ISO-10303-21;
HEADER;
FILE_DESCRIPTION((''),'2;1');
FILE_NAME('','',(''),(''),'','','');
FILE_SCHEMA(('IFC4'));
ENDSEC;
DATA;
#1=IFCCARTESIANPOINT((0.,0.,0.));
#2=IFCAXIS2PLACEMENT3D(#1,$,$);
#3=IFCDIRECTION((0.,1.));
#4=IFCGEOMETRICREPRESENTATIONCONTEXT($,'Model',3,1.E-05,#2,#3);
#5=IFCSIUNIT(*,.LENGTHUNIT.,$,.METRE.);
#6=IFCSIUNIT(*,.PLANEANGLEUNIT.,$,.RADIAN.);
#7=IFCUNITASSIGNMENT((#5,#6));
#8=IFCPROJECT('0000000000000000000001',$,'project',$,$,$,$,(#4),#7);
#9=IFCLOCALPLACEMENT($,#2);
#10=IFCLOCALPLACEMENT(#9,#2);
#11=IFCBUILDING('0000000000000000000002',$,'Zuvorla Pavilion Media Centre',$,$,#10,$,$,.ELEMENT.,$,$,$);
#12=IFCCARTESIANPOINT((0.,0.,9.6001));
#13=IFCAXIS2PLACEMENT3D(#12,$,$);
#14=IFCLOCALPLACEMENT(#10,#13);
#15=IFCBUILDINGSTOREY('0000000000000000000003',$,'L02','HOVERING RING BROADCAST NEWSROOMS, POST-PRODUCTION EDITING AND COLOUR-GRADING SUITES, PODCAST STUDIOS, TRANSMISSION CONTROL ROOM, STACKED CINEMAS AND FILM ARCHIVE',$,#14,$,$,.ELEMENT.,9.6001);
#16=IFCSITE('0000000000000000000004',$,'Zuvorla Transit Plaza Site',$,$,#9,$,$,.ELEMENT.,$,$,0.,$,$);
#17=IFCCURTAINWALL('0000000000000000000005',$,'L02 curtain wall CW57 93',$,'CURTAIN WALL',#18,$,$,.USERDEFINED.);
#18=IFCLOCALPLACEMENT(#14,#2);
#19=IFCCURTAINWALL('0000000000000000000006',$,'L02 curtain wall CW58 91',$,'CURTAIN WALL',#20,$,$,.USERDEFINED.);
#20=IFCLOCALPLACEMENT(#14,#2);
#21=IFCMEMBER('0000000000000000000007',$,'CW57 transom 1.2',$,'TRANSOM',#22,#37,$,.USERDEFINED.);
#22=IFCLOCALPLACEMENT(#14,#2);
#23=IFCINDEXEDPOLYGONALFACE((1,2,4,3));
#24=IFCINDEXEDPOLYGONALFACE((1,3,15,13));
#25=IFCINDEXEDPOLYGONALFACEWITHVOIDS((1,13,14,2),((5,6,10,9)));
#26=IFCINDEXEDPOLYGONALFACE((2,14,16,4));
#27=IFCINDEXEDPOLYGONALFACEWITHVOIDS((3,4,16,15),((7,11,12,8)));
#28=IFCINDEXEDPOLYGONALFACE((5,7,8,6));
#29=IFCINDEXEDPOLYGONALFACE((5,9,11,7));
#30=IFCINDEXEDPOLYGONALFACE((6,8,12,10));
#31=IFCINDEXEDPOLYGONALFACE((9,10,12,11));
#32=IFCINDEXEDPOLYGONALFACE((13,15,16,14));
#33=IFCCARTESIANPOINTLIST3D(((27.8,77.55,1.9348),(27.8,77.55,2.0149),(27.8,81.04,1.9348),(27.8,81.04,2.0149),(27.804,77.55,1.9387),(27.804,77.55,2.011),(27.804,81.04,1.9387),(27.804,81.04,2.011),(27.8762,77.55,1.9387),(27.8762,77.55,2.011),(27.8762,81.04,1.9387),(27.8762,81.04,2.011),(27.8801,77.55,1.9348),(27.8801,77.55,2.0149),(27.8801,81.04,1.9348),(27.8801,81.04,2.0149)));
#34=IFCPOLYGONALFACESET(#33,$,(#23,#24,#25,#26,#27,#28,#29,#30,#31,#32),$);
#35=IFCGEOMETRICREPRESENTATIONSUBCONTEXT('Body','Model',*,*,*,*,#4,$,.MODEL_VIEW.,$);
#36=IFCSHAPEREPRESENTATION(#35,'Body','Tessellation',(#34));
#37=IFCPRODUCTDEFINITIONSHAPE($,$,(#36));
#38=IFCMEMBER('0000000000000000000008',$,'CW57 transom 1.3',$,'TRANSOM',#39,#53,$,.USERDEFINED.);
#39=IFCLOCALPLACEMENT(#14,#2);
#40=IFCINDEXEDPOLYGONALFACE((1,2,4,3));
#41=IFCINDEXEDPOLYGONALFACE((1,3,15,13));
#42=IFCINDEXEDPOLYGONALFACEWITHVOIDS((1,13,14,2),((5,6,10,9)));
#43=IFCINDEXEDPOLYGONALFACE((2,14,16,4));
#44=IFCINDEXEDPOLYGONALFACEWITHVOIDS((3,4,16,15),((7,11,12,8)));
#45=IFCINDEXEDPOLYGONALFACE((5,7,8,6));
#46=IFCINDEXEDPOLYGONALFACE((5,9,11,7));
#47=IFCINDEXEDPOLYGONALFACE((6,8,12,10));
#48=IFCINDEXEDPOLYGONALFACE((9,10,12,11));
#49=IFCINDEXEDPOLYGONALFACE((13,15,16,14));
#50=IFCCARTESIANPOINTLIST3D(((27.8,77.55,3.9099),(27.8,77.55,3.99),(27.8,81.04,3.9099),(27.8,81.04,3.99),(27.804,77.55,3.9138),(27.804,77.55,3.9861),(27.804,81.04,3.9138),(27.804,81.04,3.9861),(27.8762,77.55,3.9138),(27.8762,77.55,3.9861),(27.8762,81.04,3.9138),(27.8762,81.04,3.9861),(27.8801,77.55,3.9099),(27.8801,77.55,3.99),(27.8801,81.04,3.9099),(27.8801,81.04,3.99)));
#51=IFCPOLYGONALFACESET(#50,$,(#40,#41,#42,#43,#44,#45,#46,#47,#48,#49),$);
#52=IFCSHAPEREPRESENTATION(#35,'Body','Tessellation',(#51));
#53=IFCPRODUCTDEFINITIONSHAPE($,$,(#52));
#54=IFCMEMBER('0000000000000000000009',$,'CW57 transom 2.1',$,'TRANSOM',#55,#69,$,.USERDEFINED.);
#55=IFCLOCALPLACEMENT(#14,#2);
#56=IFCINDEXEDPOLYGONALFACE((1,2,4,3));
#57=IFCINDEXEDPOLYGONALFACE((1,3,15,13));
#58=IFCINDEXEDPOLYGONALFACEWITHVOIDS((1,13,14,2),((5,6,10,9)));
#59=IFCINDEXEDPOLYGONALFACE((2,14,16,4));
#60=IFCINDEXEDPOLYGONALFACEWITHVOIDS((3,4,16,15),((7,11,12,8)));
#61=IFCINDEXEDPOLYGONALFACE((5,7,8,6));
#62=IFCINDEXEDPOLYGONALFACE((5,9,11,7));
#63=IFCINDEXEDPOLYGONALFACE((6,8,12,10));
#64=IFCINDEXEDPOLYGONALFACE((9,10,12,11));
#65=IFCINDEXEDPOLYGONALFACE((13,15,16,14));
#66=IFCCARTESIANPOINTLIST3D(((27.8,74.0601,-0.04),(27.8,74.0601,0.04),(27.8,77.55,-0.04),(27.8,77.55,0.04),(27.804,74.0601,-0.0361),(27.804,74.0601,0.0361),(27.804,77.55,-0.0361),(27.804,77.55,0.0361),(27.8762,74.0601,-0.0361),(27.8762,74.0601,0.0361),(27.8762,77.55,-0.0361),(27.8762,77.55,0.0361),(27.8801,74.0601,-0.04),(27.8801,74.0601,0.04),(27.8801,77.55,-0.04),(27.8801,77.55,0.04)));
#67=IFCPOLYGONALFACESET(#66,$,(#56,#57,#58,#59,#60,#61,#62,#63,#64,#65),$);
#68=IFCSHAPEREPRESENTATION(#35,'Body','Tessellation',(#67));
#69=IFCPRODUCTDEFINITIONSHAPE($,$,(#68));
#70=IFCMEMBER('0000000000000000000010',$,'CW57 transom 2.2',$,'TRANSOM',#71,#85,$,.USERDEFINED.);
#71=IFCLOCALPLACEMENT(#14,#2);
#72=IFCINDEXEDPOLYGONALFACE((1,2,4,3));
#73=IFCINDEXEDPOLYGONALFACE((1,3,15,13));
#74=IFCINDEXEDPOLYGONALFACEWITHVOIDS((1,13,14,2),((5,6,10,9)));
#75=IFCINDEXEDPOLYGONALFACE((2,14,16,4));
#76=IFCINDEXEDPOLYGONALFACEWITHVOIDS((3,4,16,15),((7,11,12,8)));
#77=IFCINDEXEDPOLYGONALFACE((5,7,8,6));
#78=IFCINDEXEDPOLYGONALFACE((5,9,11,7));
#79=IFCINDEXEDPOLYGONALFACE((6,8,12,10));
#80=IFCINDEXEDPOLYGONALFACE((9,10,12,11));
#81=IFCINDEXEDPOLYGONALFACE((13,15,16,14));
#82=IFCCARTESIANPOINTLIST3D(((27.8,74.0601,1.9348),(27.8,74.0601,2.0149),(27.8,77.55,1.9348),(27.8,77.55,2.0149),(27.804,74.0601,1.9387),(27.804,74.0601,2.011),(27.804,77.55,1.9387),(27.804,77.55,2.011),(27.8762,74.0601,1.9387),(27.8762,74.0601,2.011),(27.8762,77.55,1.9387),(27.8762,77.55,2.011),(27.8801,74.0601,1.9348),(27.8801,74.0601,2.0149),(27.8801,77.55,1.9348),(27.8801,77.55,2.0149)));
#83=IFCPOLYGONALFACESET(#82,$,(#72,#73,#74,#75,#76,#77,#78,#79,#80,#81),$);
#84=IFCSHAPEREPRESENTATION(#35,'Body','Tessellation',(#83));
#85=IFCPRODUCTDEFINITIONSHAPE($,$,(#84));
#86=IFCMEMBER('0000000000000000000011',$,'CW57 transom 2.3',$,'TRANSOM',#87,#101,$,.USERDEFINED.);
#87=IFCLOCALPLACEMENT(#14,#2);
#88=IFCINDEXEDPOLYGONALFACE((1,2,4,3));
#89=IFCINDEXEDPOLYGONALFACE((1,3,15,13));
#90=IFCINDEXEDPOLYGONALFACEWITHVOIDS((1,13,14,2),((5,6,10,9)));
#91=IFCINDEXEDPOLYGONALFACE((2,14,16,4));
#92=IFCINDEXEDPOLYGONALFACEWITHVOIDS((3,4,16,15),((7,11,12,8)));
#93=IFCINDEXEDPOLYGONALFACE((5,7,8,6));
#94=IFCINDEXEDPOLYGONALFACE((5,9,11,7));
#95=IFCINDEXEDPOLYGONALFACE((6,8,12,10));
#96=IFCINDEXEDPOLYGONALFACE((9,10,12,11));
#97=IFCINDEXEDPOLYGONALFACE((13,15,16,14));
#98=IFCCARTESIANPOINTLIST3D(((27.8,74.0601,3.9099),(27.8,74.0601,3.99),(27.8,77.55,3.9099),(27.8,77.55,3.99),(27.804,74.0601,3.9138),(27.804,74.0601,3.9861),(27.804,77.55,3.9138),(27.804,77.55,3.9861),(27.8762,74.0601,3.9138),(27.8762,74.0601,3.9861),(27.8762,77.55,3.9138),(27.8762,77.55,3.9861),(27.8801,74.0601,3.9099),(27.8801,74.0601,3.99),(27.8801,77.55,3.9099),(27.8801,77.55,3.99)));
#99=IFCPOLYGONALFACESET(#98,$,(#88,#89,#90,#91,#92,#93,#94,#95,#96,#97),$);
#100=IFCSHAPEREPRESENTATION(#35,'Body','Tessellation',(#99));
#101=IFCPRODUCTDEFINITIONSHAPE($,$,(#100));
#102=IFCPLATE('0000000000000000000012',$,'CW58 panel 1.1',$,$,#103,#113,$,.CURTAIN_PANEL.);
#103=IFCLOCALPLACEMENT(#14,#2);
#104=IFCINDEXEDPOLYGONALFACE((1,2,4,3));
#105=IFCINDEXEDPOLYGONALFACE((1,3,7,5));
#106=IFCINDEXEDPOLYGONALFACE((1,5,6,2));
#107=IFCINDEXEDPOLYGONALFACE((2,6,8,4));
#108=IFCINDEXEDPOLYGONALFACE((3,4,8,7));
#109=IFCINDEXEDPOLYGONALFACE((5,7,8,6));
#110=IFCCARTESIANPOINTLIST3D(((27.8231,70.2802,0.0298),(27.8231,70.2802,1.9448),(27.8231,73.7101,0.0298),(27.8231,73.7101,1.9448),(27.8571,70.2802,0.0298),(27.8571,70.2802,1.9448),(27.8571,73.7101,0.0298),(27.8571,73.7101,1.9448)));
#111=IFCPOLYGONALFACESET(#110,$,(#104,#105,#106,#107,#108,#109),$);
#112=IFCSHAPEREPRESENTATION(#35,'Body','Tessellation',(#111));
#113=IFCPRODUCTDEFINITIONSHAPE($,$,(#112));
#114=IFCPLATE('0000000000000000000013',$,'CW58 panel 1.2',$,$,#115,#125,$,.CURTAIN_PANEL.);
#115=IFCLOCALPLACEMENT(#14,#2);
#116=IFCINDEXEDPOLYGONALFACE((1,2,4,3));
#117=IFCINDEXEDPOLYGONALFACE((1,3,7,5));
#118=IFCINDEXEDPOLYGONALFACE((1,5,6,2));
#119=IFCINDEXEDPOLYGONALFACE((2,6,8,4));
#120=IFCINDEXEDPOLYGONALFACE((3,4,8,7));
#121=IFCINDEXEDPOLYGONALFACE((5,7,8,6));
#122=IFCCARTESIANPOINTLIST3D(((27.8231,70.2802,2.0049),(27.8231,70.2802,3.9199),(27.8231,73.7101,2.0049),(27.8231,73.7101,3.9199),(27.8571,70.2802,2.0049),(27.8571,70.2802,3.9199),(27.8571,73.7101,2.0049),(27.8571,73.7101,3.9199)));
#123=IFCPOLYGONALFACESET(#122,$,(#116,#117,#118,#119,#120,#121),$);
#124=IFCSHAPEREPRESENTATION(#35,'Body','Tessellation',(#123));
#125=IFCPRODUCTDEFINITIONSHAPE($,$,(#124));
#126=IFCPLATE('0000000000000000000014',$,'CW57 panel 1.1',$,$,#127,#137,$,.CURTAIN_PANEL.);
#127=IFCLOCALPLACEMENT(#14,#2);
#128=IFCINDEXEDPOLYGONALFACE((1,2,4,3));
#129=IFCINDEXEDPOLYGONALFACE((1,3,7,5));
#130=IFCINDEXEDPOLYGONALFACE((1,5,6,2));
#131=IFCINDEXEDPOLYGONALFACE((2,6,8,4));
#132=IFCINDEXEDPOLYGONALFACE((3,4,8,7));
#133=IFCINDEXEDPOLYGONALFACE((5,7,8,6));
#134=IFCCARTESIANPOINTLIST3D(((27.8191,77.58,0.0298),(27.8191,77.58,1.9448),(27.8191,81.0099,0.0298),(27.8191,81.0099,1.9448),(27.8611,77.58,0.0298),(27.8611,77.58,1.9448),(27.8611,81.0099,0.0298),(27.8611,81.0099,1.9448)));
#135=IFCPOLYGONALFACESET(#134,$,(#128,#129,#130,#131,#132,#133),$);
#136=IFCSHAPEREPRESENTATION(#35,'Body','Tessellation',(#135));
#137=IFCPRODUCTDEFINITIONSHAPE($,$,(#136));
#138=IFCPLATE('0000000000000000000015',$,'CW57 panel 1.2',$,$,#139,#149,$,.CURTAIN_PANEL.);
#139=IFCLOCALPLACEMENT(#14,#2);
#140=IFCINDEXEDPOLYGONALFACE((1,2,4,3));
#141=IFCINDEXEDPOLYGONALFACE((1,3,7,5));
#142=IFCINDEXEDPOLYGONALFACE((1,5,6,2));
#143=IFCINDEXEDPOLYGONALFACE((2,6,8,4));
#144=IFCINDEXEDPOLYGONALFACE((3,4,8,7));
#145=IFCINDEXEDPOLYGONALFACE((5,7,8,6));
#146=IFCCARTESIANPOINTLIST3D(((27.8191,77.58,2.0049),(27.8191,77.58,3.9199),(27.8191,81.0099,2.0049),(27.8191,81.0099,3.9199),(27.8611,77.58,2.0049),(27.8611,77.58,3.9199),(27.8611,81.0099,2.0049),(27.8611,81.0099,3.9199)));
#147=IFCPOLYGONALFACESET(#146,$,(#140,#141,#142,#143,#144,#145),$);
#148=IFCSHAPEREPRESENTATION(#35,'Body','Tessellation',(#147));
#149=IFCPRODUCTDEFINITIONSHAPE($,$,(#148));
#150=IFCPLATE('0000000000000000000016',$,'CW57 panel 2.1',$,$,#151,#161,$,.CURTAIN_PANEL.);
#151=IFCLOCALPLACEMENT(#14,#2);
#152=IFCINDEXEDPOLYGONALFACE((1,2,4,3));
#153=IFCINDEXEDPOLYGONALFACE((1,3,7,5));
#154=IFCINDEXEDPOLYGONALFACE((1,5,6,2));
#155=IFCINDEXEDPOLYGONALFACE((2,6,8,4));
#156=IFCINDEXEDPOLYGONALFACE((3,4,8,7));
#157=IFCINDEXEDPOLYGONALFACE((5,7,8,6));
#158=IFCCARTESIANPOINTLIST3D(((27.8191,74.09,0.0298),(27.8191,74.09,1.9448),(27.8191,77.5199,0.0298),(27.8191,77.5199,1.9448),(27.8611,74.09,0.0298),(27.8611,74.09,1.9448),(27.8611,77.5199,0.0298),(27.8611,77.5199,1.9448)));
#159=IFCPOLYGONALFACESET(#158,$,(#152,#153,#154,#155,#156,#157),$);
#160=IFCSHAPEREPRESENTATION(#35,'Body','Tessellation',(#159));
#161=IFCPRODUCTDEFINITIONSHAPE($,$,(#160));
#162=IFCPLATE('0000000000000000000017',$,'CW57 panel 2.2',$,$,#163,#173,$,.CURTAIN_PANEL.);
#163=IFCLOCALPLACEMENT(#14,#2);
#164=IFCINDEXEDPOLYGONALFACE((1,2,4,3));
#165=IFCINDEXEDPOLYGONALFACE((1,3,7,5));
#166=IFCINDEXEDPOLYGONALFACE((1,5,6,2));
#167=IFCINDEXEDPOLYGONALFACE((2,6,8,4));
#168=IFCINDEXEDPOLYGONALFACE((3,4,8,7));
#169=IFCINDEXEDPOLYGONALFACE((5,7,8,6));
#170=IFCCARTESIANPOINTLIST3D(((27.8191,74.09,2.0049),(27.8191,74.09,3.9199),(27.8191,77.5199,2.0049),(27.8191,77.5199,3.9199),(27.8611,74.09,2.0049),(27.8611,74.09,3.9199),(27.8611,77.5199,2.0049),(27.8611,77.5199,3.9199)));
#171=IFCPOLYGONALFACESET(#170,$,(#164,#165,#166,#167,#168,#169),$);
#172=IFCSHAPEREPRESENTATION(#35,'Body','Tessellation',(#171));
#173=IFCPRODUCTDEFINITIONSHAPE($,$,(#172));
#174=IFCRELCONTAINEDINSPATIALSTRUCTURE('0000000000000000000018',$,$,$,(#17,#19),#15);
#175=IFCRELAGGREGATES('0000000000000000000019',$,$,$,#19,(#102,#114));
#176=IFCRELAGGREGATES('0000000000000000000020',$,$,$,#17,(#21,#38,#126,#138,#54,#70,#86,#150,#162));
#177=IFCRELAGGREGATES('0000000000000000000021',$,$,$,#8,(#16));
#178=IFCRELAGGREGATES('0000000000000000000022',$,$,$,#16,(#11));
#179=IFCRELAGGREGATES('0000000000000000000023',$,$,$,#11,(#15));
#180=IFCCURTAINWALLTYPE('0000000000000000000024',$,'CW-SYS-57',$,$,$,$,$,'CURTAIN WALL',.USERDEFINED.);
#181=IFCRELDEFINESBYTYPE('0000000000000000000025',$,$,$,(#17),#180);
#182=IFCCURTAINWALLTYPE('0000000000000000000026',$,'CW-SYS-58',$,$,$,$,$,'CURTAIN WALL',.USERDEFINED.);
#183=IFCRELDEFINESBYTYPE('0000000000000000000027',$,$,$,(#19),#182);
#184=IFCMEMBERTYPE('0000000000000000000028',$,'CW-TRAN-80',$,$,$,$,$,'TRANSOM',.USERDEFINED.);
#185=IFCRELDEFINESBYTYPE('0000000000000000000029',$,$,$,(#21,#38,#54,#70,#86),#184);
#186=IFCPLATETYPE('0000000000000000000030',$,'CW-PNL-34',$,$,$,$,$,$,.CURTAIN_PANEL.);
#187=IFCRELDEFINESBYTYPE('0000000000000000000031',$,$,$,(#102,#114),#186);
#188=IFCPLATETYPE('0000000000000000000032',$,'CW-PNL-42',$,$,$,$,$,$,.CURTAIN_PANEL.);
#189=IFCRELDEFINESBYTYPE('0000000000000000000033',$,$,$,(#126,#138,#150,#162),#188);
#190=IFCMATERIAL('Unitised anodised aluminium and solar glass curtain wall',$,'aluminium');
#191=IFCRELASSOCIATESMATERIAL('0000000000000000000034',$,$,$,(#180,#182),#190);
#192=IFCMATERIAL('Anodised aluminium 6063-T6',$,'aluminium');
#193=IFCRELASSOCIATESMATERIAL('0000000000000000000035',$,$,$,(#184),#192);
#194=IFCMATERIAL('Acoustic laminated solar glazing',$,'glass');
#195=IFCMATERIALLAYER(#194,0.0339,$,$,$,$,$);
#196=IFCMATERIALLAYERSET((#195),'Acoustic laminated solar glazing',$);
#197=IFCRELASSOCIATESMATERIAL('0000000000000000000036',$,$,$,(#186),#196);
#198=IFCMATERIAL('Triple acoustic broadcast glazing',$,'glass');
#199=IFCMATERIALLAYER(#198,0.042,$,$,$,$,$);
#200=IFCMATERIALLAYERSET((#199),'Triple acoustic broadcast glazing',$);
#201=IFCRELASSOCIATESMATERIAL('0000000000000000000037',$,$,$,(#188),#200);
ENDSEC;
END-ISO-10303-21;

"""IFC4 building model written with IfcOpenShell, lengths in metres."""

from ifc_helpers import new_model, si_unit, direction, frame, origin, origin_2d, place, context, subcontext, project, spatial, rectangle, hollow_rectangle, extrude, material, layer, layer_set, material_profile, profile_set, type_object, element, aggregate, save


model = new_model("IFC4")

# Units and contexts
model_context = context("Model", 3, precision=1e-05, world=origin(), true_north=direction((0.0, 1.0)))
body_context = subcontext(model_context, "Body", "Model", "MODEL_VIEW")
ifc_project = project(units=[si_unit("LENGTHUNIT", "METRE"), si_unit("PLANEANGLEUNIT", "RADIAN")], contexts=[model_context])

# Site, building, storey
site_placement = place(None, origin())
site = spatial("IfcSite", under=ifc_project, at=site_placement, Name="Zuvorla Transit Plaza Site", CompositionType="ELEMENT", RefElevation=0.0)
building_placement = place(site_placement, origin())
building = spatial("IfcBuilding", under=site, at=building_placement, Name="Zuvorla Pavilion Media Centre", CompositionType="ELEMENT")
storey_placement = place(building_placement, frame((0.0, 0.0, 9.6001)))
storey = spatial("IfcBuildingStorey", under=building, at=storey_placement, Name="L02", Description="HOVERING RING BROADCAST NEWSROOMS, POST-PRODUCTION EDITING AND COLOUR-GRADING SUITES, PODCAST STUDIOS, TRANSMISSION CONTROL ROOM, STACKED CINEMAS AND FILM ARCHIVE", CompositionType="ELEMENT", Elevation=9.6001)

# Curtain walls
ifc_material_1 = material(Name="Unitised anodised aluminium and solar glass curtain wall", Category="aluminium")
curtain_wall_type_1 = type_object("IfcCurtainWallType", Name="CW-SYS-57", ElementType="CURTAIN WALL", PredefinedType="USERDEFINED", material=ifc_material_1)
curtain_wall_1_placement = place(storey_placement, origin())
curtain_wall_1 = element("IfcCurtainWall", 1, at=curtain_wall_1_placement, inside=storey, type_object=curtain_wall_type_1, Name="L02 curtain wall CW57 93", ObjectType="CURTAIN WALL", PredefinedType="USERDEFINED")
ifc_material_2 = material(Name="Anodised aluminium 6063-T6", Category="aluminium")
curtain_wall_type_2 = type_object("IfcCurtainWallType", Name="CW-SYS-58", ElementType="CURTAIN WALL", PredefinedType="USERDEFINED", material=ifc_material_1)
curtain_wall_2_placement = place(storey_placement, origin())
curtain_wall_2 = element("IfcCurtainWall", 2, at=curtain_wall_2_placement, inside=storey, type_object=curtain_wall_type_2, Name="L02 curtain wall CW58 91", ObjectType="CURTAIN WALL", PredefinedType="USERDEFINED")

# Members
ifc_material_profile_1 = material_profile(ifc_material_2, hollow_rectangle(XDim=0.0801, YDim=0.0801, WallThickness=0.0039, at=origin_2d()), Name="ALU TRAN 80x80")
ifc_profile_set_1 = profile_set([ifc_material_profile_1], Name="Anodised aluminium 6063-T6")
member_type_1 = type_object("IfcMemberType", Name="CW-TRAN-80", ElementType="TRANSOM", PredefinedType="USERDEFINED", material=ifc_profile_set_1)
member_1_placement = place(storey_placement, frame((27.8401, 81.04, 1.9749), z_axis=(0.0, -1.0, 0.0), x_axis=(1.0, 0.0, 0.0)))
member_1 = element("IfcMember", 3, at=member_1_placement, type_object=member_type_1, Name="CW57 transom 1.2", ObjectType="TRANSOM", PredefinedType="USERDEFINED", context=body_context, shape_type="SweptSolid", body=[
    extrude(hollow_rectangle(XDim=0.0801, YDim=0.0801, WallThickness=0.0039, at=origin_2d()), origin(), (0.0, 0.0, 1.0), 3.49),
])
member_2_placement = place(storey_placement, frame((27.8401, 81.04, 3.95), z_axis=(0.0, -1.0, 0.0), x_axis=(1.0, 0.0, 0.0)))
member_2 = element("IfcMember", 4, at=member_2_placement, type_object=member_type_1, Name="CW57 transom 1.3", ObjectType="TRANSOM", PredefinedType="USERDEFINED", context=body_context, shape_type="SweptSolid", body=[
    extrude(hollow_rectangle(XDim=0.0801, YDim=0.0801, WallThickness=0.0039, at=origin_2d()), origin(), (0.0, 0.0, 1.0), 3.49),
])
member_3_placement = place(storey_placement, frame((27.8401, 77.55, 0.0), z_axis=(0.0, -1.0, 0.0), x_axis=(1.0, 0.0, 0.0)))
member_3 = element("IfcMember", 5, at=member_3_placement, type_object=member_type_1, Name="CW57 transom 2.1", ObjectType="TRANSOM", PredefinedType="USERDEFINED", context=body_context, shape_type="SweptSolid", body=[
    extrude(hollow_rectangle(XDim=0.0801, YDim=0.0801, WallThickness=0.0039, at=origin_2d()), origin(), (0.0, 0.0, 1.0), 3.49),
])
member_4_placement = place(storey_placement, frame((27.8401, 77.55, 1.9749), z_axis=(0.0, -1.0, 0.0), x_axis=(1.0, 0.0, 0.0)))
member_4 = element("IfcMember", 6, at=member_4_placement, type_object=member_type_1, Name="CW57 transom 2.2", ObjectType="TRANSOM", PredefinedType="USERDEFINED", context=body_context, shape_type="SweptSolid", body=[
    extrude(hollow_rectangle(XDim=0.0801, YDim=0.0801, WallThickness=0.0039, at=origin_2d()), origin(), (0.0, 0.0, 1.0), 3.49),
])
member_5_placement = place(storey_placement, frame((27.8401, 77.55, 3.95), z_axis=(0.0, -1.0, 0.0), x_axis=(1.0, 0.0, 0.0)))
member_5 = element("IfcMember", 7, at=member_5_placement, type_object=member_type_1, Name="CW57 transom 2.3", ObjectType="TRANSOM", PredefinedType="USERDEFINED", context=body_context, shape_type="SweptSolid", body=[
    extrude(hollow_rectangle(XDim=0.0801, YDim=0.0801, WallThickness=0.0039, at=origin_2d()), origin(), (0.0, 0.0, 1.0), 3.49),
])

# Plates
ifc_material_3 = material(Name="Acoustic laminated solar glazing", Category="glass")
ifc_layer_1 = layer(ifc_material_3, 0.0339)
ifc_layer_set_1 = layer_set([ifc_layer_1], Name="Acoustic laminated solar glazing")
plate_type_1 = type_object("IfcPlateType", Name="CW-PNL-34", PredefinedType="CURTAIN_PANEL", material=ifc_layer_set_1)
plate_1_placement = place(storey_placement, frame((27.8401, 71.9951, 0.0298), z_axis=(0.0, 0.0, 1.0), x_axis=(0.0, -1.0, 0.0)))
plate_1 = element("IfcPlate", 8, at=plate_1_placement, type_object=plate_type_1, Name="CW58 panel 1.1", PredefinedType="CURTAIN_PANEL", context=body_context, shape_type="SweptSolid", body=[
    extrude(rectangle(XDim=3.4299, YDim=0.0339, at=origin_2d()), origin(), (0.0, 0.0, 1.0), 1.915),
])
plate_2_placement = place(storey_placement, frame((27.8401, 71.9951, 2.0049), z_axis=(0.0, 0.0, 1.0), x_axis=(0.0, -1.0, 0.0)))
plate_2 = element("IfcPlate", 9, at=plate_2_placement, type_object=plate_type_1, Name="CW58 panel 1.2", PredefinedType="CURTAIN_PANEL", context=body_context, shape_type="SweptSolid", body=[
    extrude(rectangle(XDim=3.4299, YDim=0.0339, at=origin_2d()), origin(), (0.0, 0.0, 1.0), 1.915),
])
aggregate(curtain_wall_2, [plate_1, plate_2])
ifc_material_4 = material(Name="Triple acoustic broadcast glazing", Category="glass")
ifc_layer_2 = layer(ifc_material_4, 0.042)
ifc_layer_set_2 = layer_set([ifc_layer_2], Name="Triple acoustic broadcast glazing")
plate_type_2 = type_object("IfcPlateType", Name="CW-PNL-42", PredefinedType="CURTAIN_PANEL", material=ifc_layer_set_2)
plate_3_placement = place(storey_placement, frame((27.8401, 79.2949, 0.0298), z_axis=(0.0, 0.0, 1.0), x_axis=(0.0, -1.0, 0.0)))
plate_3 = element("IfcPlate", 10, at=plate_3_placement, type_object=plate_type_2, Name="CW57 panel 1.1", PredefinedType="CURTAIN_PANEL", context=body_context, shape_type="SweptSolid", body=[
    extrude(rectangle(XDim=3.4299, YDim=0.042, at=origin_2d()), origin(), (0.0, 0.0, 1.0), 1.915),
])
plate_4_placement = place(storey_placement, frame((27.8401, 79.2949, 2.0049), z_axis=(0.0, 0.0, 1.0), x_axis=(0.0, -1.0, 0.0)))
plate_4 = element("IfcPlate", 11, at=plate_4_placement, type_object=plate_type_2, Name="CW57 panel 1.2", PredefinedType="CURTAIN_PANEL", context=body_context, shape_type="SweptSolid", body=[
    extrude(rectangle(XDim=3.4299, YDim=0.042, at=origin_2d()), origin(), (0.0, 0.0, 1.0), 1.915),
])
plate_5_placement = place(storey_placement, frame((27.8401, 75.8049, 0.0298), z_axis=(0.0, 0.0, 1.0), x_axis=(0.0, -1.0, 0.0)))
plate_5 = element("IfcPlate", 12, at=plate_5_placement, type_object=plate_type_2, Name="CW57 panel 2.1", PredefinedType="CURTAIN_PANEL", context=body_context, shape_type="SweptSolid", body=[
    extrude(rectangle(XDim=3.4299, YDim=0.042, at=origin_2d()), origin(), (0.0, 0.0, 1.0), 1.915),
])
plate_6_placement = place(storey_placement, frame((27.8401, 75.8049, 2.0049), z_axis=(0.0, 0.0, 1.0), x_axis=(0.0, -1.0, 0.0)))
plate_6 = element("IfcPlate", 13, at=plate_6_placement, type_object=plate_type_2, Name="CW57 panel 2.2", PredefinedType="CURTAIN_PANEL", context=body_context, shape_type="SweptSolid", body=[
    extrude(rectangle(XDim=3.4299, YDim=0.042, at=origin_2d()), origin(), (0.0, 0.0, 1.0), 1.915),
])
aggregate(curtain_wall_1, [member_1, member_2, plate_3, plate_4, member_3, member_4, member_5, plate_5, plate_6])

save(model, "model.ifc")
